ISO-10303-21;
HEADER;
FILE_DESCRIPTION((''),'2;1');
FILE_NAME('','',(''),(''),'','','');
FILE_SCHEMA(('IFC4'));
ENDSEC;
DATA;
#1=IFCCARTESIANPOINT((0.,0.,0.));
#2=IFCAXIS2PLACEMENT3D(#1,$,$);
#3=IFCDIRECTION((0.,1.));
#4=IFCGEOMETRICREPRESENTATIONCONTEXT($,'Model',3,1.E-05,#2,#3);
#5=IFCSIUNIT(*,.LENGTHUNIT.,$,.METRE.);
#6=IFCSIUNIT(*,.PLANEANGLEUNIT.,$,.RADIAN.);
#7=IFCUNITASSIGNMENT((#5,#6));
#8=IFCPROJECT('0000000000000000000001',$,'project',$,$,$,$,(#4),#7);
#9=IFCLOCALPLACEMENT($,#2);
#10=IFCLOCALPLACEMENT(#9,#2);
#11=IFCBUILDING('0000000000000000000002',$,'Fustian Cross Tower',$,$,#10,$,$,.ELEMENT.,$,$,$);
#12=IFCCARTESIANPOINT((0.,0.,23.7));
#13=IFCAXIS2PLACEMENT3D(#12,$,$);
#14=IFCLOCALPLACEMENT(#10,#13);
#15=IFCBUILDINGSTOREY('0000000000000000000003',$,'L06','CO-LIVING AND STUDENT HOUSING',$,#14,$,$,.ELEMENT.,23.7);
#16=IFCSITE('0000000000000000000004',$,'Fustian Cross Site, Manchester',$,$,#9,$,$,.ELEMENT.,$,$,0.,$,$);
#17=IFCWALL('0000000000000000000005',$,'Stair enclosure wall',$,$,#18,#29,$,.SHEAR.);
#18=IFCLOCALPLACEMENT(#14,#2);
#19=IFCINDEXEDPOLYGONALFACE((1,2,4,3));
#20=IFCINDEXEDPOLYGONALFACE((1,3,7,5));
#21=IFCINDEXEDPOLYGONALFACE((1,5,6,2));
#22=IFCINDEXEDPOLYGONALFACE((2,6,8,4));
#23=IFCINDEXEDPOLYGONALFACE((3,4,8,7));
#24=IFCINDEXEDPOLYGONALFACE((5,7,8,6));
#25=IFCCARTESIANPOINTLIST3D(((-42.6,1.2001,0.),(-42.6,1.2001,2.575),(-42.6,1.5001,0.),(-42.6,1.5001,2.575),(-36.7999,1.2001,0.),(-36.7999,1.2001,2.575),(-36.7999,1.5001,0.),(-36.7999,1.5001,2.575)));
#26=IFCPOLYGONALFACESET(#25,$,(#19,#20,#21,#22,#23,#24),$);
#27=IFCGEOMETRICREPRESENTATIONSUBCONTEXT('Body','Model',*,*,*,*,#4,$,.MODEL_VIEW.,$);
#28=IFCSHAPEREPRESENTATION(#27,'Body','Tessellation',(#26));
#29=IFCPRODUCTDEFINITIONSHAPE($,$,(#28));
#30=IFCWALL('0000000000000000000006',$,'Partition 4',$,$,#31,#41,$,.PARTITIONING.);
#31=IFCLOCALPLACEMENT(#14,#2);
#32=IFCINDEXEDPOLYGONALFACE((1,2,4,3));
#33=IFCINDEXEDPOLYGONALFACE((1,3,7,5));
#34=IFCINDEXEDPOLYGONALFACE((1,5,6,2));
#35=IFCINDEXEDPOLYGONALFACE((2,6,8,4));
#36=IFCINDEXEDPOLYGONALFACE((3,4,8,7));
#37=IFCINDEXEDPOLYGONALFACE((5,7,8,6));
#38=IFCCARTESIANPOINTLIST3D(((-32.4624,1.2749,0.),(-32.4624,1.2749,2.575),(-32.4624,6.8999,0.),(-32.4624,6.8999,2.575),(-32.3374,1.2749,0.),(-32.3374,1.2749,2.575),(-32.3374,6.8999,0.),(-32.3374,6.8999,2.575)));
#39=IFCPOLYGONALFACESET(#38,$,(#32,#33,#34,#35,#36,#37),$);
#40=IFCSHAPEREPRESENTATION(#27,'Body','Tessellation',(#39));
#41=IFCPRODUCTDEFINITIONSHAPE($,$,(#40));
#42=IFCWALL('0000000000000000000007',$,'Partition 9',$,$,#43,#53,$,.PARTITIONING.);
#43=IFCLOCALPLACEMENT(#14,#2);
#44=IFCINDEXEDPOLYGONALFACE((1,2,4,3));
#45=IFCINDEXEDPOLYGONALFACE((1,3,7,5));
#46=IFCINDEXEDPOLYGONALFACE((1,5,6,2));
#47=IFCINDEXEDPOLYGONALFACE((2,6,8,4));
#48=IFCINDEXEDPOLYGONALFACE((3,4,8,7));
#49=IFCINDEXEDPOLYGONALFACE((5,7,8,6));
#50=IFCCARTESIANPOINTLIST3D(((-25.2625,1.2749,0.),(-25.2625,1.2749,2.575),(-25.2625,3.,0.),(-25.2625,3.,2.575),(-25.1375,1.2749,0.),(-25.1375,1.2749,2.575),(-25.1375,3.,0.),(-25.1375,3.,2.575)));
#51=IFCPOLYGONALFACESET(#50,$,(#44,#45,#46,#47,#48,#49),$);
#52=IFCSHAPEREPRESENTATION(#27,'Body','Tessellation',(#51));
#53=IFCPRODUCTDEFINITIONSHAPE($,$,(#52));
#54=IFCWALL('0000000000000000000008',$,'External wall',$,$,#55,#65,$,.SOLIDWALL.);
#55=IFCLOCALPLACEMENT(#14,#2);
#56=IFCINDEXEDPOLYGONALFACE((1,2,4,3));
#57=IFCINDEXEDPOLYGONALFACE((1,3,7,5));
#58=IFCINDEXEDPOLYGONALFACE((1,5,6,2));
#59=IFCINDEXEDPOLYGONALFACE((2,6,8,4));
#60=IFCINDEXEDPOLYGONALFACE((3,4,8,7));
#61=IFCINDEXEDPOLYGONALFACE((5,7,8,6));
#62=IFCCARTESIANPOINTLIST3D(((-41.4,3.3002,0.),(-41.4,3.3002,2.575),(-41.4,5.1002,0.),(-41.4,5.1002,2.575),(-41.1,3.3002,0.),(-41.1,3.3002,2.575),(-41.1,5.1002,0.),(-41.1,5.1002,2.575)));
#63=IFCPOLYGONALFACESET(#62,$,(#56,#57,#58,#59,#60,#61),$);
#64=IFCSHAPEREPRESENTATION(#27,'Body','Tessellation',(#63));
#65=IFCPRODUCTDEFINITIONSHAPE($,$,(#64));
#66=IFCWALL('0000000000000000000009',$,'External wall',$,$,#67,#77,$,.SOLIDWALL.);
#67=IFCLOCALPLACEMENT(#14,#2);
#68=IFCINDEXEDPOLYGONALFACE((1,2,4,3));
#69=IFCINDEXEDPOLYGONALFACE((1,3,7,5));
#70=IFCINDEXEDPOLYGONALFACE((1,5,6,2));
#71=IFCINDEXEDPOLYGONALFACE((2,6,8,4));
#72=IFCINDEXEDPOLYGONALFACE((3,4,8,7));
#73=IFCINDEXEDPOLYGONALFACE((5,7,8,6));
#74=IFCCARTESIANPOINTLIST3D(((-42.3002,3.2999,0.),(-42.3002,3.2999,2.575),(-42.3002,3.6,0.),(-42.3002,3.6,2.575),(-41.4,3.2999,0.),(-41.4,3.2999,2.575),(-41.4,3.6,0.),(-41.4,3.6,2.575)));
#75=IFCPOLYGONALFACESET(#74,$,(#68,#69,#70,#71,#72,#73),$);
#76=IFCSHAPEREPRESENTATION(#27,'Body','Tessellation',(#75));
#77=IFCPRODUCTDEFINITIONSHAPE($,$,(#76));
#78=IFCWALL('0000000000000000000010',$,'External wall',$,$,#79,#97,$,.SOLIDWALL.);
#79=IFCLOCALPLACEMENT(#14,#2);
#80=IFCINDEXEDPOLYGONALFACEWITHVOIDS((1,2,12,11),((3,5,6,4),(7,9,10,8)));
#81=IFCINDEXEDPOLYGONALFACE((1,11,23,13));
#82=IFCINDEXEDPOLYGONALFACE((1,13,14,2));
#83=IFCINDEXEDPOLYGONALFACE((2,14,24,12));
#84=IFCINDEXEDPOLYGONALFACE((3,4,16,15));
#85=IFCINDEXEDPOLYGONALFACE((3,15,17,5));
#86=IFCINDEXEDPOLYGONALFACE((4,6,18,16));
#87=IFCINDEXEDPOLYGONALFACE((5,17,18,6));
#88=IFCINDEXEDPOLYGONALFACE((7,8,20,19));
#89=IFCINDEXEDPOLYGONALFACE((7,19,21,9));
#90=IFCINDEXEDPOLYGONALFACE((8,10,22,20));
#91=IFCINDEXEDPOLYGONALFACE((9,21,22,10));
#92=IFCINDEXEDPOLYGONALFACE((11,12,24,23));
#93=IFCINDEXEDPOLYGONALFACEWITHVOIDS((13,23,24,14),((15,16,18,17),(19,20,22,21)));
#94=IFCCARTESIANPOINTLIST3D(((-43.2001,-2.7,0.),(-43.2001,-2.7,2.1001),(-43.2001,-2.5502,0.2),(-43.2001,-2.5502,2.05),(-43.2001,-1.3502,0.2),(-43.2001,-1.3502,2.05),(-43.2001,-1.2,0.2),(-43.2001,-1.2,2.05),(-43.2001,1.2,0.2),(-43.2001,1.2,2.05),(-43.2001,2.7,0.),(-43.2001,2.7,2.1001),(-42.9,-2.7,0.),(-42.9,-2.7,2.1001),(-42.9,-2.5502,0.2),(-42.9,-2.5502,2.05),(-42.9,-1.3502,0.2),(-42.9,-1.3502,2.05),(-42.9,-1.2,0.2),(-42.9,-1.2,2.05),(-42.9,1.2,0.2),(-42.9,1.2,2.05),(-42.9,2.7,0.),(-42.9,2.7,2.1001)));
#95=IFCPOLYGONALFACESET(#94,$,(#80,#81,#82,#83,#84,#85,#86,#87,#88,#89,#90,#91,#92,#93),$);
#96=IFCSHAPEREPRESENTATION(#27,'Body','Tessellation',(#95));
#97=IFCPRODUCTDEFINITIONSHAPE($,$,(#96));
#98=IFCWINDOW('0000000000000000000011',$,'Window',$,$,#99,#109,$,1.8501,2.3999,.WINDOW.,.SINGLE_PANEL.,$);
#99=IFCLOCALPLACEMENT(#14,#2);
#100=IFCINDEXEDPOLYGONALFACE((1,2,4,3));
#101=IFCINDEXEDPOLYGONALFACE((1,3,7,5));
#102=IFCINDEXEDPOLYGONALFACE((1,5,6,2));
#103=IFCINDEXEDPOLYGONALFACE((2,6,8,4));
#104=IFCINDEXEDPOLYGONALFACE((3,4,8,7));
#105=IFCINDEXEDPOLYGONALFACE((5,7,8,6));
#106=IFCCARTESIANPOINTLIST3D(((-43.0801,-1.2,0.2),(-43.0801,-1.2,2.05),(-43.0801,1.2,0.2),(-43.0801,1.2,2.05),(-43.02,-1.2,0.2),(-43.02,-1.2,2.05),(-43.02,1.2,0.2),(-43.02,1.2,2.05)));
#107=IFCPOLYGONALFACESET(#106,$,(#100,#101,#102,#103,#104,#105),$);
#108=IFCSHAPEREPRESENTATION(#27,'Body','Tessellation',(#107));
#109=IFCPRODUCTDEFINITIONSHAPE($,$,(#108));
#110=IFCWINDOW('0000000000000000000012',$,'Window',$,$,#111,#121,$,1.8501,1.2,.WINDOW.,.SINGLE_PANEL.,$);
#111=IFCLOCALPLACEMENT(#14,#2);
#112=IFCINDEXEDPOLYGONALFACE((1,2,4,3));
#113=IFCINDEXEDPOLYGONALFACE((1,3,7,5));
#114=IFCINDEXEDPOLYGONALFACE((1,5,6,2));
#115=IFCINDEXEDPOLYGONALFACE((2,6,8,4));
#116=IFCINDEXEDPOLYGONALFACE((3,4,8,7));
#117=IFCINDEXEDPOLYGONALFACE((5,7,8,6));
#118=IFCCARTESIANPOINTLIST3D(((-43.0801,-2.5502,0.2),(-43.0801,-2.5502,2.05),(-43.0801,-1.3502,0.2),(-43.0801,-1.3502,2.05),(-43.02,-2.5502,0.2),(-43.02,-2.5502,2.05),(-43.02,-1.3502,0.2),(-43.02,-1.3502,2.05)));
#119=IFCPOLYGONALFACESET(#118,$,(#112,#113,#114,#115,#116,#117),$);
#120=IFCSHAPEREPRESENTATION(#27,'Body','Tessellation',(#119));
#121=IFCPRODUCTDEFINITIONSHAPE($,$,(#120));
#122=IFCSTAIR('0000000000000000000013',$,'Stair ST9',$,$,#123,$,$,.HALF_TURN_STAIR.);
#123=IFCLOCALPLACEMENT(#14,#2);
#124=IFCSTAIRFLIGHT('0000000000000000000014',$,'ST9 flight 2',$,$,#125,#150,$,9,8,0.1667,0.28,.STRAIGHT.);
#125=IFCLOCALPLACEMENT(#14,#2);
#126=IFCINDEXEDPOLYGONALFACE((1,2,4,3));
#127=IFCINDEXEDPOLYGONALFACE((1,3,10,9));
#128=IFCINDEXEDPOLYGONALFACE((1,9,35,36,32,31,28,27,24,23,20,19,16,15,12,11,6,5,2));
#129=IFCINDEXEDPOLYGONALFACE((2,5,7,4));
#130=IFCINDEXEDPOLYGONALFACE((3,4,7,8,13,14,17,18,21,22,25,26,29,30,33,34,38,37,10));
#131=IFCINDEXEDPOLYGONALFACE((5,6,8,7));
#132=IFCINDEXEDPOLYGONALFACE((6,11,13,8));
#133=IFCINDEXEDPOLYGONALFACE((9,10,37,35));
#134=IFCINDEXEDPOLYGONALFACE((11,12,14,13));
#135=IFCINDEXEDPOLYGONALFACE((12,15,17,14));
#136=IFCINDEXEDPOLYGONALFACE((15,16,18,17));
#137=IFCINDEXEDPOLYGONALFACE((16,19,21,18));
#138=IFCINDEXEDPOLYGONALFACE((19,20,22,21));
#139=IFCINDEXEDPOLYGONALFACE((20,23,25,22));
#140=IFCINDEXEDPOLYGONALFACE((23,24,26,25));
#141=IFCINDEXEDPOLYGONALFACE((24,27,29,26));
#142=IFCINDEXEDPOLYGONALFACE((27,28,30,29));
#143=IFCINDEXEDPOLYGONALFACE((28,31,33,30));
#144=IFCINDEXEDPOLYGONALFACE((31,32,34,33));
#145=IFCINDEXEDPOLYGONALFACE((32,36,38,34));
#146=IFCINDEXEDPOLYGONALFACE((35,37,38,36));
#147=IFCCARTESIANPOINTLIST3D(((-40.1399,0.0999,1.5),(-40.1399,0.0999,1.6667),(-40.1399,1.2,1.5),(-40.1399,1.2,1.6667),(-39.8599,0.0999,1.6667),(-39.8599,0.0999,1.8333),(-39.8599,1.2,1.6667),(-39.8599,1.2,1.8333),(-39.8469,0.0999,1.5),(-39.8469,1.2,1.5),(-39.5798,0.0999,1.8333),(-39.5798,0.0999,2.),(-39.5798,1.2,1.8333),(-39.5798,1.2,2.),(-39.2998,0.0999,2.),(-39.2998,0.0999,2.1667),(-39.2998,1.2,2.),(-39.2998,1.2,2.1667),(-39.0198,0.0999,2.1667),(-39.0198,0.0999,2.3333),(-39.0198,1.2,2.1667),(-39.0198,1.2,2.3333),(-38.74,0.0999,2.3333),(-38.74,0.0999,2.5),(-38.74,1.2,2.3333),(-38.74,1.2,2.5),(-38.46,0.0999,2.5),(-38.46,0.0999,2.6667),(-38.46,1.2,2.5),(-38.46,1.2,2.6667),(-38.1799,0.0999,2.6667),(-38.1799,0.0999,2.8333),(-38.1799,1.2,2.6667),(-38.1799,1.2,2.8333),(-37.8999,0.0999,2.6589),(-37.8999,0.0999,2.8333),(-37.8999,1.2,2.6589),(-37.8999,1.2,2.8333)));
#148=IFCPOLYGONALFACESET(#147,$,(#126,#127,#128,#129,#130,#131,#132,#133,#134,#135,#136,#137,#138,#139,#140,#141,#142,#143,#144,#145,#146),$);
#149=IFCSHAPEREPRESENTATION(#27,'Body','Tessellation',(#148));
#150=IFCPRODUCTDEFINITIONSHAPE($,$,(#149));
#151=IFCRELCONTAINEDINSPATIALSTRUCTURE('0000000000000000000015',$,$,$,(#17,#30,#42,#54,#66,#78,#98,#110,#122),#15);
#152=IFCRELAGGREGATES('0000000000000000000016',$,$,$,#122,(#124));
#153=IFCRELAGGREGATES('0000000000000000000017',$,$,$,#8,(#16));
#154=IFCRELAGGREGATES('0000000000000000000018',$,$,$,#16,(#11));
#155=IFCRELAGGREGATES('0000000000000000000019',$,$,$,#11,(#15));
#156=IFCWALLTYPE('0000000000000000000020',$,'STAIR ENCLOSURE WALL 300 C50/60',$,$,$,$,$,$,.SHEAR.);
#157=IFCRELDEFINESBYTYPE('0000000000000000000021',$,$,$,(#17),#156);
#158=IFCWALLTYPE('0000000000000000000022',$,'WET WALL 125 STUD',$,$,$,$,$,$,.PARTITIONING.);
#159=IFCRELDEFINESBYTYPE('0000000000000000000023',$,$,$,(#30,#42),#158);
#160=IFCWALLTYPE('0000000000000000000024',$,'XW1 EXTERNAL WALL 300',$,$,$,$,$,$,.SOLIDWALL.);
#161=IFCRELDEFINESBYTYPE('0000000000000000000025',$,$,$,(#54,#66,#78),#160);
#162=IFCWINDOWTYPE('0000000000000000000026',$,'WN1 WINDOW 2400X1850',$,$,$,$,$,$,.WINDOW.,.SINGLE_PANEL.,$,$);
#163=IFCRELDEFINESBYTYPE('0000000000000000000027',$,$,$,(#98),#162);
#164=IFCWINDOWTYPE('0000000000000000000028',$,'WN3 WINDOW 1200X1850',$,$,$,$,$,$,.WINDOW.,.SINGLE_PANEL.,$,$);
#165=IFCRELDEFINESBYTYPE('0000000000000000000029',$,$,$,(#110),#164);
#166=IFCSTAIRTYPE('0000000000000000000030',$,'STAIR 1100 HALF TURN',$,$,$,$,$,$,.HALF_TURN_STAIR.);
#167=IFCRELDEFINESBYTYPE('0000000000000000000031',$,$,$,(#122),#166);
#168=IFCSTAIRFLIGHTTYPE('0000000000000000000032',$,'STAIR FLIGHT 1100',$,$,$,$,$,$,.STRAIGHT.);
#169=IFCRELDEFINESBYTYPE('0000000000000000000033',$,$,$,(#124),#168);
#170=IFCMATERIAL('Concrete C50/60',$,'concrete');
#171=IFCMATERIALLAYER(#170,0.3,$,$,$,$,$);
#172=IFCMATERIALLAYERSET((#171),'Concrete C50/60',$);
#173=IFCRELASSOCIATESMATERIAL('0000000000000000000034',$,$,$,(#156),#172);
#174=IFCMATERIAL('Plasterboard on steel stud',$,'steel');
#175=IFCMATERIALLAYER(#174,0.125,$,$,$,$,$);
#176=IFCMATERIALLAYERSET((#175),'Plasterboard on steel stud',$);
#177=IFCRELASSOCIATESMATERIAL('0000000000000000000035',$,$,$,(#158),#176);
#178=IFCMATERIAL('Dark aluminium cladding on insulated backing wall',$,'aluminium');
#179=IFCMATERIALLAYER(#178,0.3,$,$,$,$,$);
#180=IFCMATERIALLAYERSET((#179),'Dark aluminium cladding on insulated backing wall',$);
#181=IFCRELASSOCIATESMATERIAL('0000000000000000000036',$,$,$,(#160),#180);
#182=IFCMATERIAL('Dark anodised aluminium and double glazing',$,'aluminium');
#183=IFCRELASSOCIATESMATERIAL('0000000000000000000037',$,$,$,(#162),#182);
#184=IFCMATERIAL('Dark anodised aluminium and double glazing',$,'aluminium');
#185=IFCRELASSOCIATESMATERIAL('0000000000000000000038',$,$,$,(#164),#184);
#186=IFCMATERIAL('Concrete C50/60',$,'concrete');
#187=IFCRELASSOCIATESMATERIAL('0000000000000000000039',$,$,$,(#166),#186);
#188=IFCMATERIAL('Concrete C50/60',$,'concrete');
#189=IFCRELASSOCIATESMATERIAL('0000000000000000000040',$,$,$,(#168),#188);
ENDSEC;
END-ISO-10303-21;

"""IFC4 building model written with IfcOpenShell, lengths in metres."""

from ifc_helpers import new_model, si_unit, direction, frame, frame_2d, origin, place, context, subcontext, project, spatial, polyline, rectangle, outline, extrude, material, layer, layer_set, type_object, element, fill, aggregate, save


model = new_model("IFC4")

# Units and contexts
model_context = context("Model", 3, precision=1e-05, world=origin(), true_north=direction((0.0, 1.0)))
body_context = subcontext(model_context, "Body", "Model", "MODEL_VIEW")
ifc_project = project(units=[si_unit("LENGTHUNIT", "METRE"), si_unit("PLANEANGLEUNIT", "RADIAN")], contexts=[model_context])

# Site, building, storey
site_placement = place(None, origin())
site = spatial("IfcSite", under=ifc_project, at=site_placement, Name="Fustian Cross Site, Manchester", CompositionType="ELEMENT", RefElevation=0.0)
building_placement = place(site_placement, origin())
building = spatial("IfcBuilding", under=site, at=building_placement, Name="Fustian Cross Tower", CompositionType="ELEMENT")
storey_placement = place(building_placement, frame((0.0, 0.0, 23.7)))
storey = spatial("IfcBuildingStorey", under=building, at=storey_placement, Name="L06", Description="CO-LIVING AND STUDENT HOUSING", CompositionType="ELEMENT", Elevation=23.7)

# Walls
ifc_material_1 = material(Name="Concrete C50/60", Category="concrete")
ifc_layer_1 = layer(ifc_material_1, 0.3)
ifc_layer_set_1 = layer_set([ifc_layer_1], Name="Concrete C50/60")
wall_type_1 = type_object("IfcWallType", Name="STAIR ENCLOSURE WALL 300 C50/60", PredefinedType="SHEAR", material=ifc_layer_set_1)
wall_1_placement = place(storey_placement, frame((-36.8, 1.3501, 0.0), z_axis=(0.0, 0.0, 1.0), x_axis=(-1.0, 0.0, 0.0)))
element("IfcWall", 1, at=wall_1_placement, inside=storey, type_object=wall_type_1, Name="Stair enclosure wall", PredefinedType="SHEAR", context=body_context, shape_type="SweptSolid", body=[
    extrude(rectangle(XDim=5.8, YDim=0.3, at=frame_2d((2.8999, 0.0))), origin(), (0.0, 0.0, 1.0), 2.575),
])
ifc_material_2 = material(Name="Plasterboard on steel stud", Category="steel")
ifc_layer_2 = layer(ifc_material_2, 0.125)
ifc_layer_set_2 = layer_set([ifc_layer_2], Name="Plasterboard on steel stud")
wall_type_2 = type_object("IfcWallType", Name="WET WALL 125 STUD", PredefinedType="PARTITIONING", material=ifc_layer_set_2)
wall_2_placement = place(storey_placement, frame((-32.3999, 1.2749, 0.0), z_axis=(0.0, 0.0, 1.0), x_axis=(0.0, 1.0, 0.0)))
element("IfcWall", 2, at=wall_2_placement, inside=storey, type_object=wall_type_2, Name="Partition 4", PredefinedType="PARTITIONING", context=body_context, shape_type="SweptSolid", body=[
    extrude(rectangle(XDim=5.625, YDim=0.125, at=frame_2d((2.8125, 0.0))), origin(), (0.0, 0.0, 1.0), 2.575),
])
wall_3_placement = place(storey_placement, frame((-25.2, 1.2749, 0.0), z_axis=(0.0, 0.0, 1.0), x_axis=(0.0, 1.0, 0.0)))
element("IfcWall", 3, at=wall_3_placement, inside=storey, type_object=wall_type_2, Name="Partition 9", PredefinedType="PARTITIONING", context=body_context, shape_type="SweptSolid", body=[
    extrude(rectangle(XDim=1.7251, YDim=0.125, at=frame_2d((0.8625, 0.0))), origin(), (0.0, 0.0, 1.0), 2.575),
])
ifc_material_3 = material(Name="Dark aluminium cladding on insulated backing wall", Category="aluminium")
ifc_layer_3 = layer(ifc_material_3, 0.3)
ifc_layer_set_3 = layer_set([ifc_layer_3], Name="Dark aluminium cladding on insulated backing wall")
wall_type_3 = type_object("IfcWallType", Name="XW1 EXTERNAL WALL 300", PredefinedType="SOLIDWALL", material=ifc_layer_set_3)
wall_4_placement = place(storey_placement, frame((-41.25, 5.1001, 0.0), z_axis=(0.0, 0.0, 1.0), x_axis=(0.0, -1.0, 0.0)))
element("IfcWall", 4, at=wall_4_placement, inside=storey, type_object=wall_type_3, Name="External wall", PredefinedType="SOLIDWALL", context=body_context, shape_type="SweptSolid", body=[
    extrude(rectangle(XDim=1.8, YDim=0.3, at=frame_2d((0.8999, 0.0))), origin(), (0.0, 0.0, 1.0), 2.575),
])
wall_5_placement = place(storey_placement, frame((-41.3999, 3.45, 0.0), z_axis=(0.0, 0.0, 1.0), x_axis=(-1.0, 0.0, 0.0)))
element("IfcWall", 5, at=wall_5_placement, inside=storey, type_object=wall_type_3, Name="External wall", PredefinedType="SOLIDWALL", context=body_context, shape_type="SweptSolid", body=[
    extrude(rectangle(XDim=0.9001, YDim=0.3, at=frame_2d((0.4502, 0.0))), origin(), (0.0, 0.0, 1.0), 2.575),
])

# Wall, openings, windows
wall_6_placement = place(storey_placement, frame((-43.05, 2.7, 0.0), z_axis=(0.0, 0.0, 1.0), x_axis=(0.0, -1.0, 0.0)))
wall_6 = element("IfcWall", 6, at=wall_6_placement, inside=storey, type_object=wall_type_3, Name="External wall", PredefinedType="SOLIDWALL", context=body_context, shape_type="SweptSolid", body=[
    extrude(rectangle(XDim=5.3999, YDim=0.3, at=frame_2d((2.7, 0.0))), origin(), (0.0, 0.0, 1.0), 2.1001),
])
opening_1_placement = place(wall_6_placement, frame((1.5, 0.0, 0.2)))
opening_1 = element("IfcOpeningElement", 7, at=opening_1_placement, cuts=wall_6, PredefinedType="OPENING", context=body_context, shape_type="SweptSolid", body=[
    extrude(rectangle(XDim=2.3999, YDim=1.8501, at=frame_2d((1.2, 0.925))), frame((0.0, 0.1599, 0.0), z_axis=(0.0, -1.0, 0.0), x_axis=(1.0, 0.0, 0.0)), (0.0, 0.0, 1.0), 0.3201),
])
opening_2_placement = place(wall_6_placement, frame((4.05, 0.0, 0.2)))
opening_2 = element("IfcOpeningElement", 8, at=opening_2_placement, cuts=wall_6, PredefinedType="OPENING", context=body_context, shape_type="SweptSolid", body=[
    extrude(rectangle(XDim=1.2, YDim=1.8501, at=frame_2d((0.6001, 0.925))), frame((0.0, 0.1599, 0.0), z_axis=(0.0, -1.0, 0.0), x_axis=(1.0, 0.0, 0.0)), (0.0, 0.0, 1.0), 0.3201),
])
ifc_material_4 = material(Name="Dark anodised aluminium and double glazing", Category="aluminium")
window_type_1 = type_object("IfcWindowType", Name="WN1 WINDOW 2400X1850", PartitioningType="SINGLE_PANEL", PredefinedType="WINDOW", material=ifc_material_4)
window_1_placement = place(opening_1_placement, origin())
window_1 = element("IfcWindow", 9, at=window_1_placement, inside=storey, type_object=window_type_1, Name="Window", OverallHeight=1.8501, OverallWidth=2.3999, PartitioningType="SINGLE_PANEL", PredefinedType="WINDOW", context=body_context, shape_type="SweptSolid", body=[
    extrude(rectangle(XDim=2.3999, YDim=1.8501, at=frame_2d((1.2, 0.925))), frame((0.0, 0.03, 0.0), z_axis=(0.0, -1.0, 0.0), x_axis=(1.0, 0.0, 0.0)), (0.0, 0.0, 1.0), 0.0601),
])
fill(opening_1, window_1)
ifc_material_5 = material(Name="Dark anodised aluminium and double glazing", Category="aluminium")
window_type_2 = type_object("IfcWindowType", Name="WN3 WINDOW 1200X1850", PartitioningType="SINGLE_PANEL", PredefinedType="WINDOW", material=ifc_material_5)
window_2_placement = place(opening_2_placement, origin())
window_2 = element("IfcWindow", 10, at=window_2_placement, inside=storey, type_object=window_type_2, Name="Window", OverallHeight=1.8501, OverallWidth=1.2, PartitioningType="SINGLE_PANEL", PredefinedType="WINDOW", context=body_context, shape_type="SweptSolid", body=[
    extrude(rectangle(XDim=1.2, YDim=1.8501, at=frame_2d((0.6001, 0.925))), frame((0.0, 0.03, 0.0), z_axis=(0.0, -1.0, 0.0), x_axis=(1.0, 0.0, 0.0)), (0.0, 0.0, 1.0), 0.0601),
])
fill(opening_2, window_2)

# Stair, stair flight
ifc_material_6 = material(Name="Concrete C50/60", Category="concrete")
stair_type = type_object("IfcStairType", Name="STAIR 1100 HALF TURN", PredefinedType="HALF_TURN_STAIR", material=ifc_material_6)
stair_placement = place(storey_placement, origin())
stair = element("IfcStair", 11, at=stair_placement, inside=storey, type_object=stair_type, Name="Stair ST9", PredefinedType="HALF_TURN_STAIR")
ifc_material_7 = material(Name="Concrete C50/60", Category="concrete")
stair_flight_type = type_object("IfcStairFlightType", Name="STAIR FLIGHT 1100", PredefinedType="STRAIGHT", material=ifc_material_7)
stair_flight_placement = place(storey_placement, frame((-40.1399, 0.6499, 1.5), z_axis=(0.0, 0.0, 1.0), x_axis=(1.0, 0.0, 0.0)))
stair_flight = element("IfcStairFlight", 12, at=stair_flight_placement, type_object=stair_flight_type, Name="ST9 flight 2", NumberOfRisers=9, NumberOfTreads=8, PredefinedType="STRAIGHT", RiserHeight=0.1667, TreadLength=0.28, context=body_context, shape_type="SweptSolid", body=[
    extrude(outline(polyline([(0.0, 0.0), (0.0, 0.1667), (0.28, 0.1667), (0.28, 0.3333), (0.5601, 0.3333), (0.5601, 0.5), (0.8401, 0.5), (0.8401, 0.6667), (1.1201, 0.6667), (1.1201, 0.8333), (1.3999, 0.8333), (1.3999, 1.0), (1.6799, 1.0), (1.6799, 1.1667), (1.96, 1.1667), (1.96, 1.3333), (2.24, 1.3333), (2.24, 1.5), (2.24, 1.1589), (0.293, 0.0), (0.0, 0.0)])), frame((0.0, 0.55, 0.0), z_axis=(0.0, -1.0, 0.0), x_axis=(1.0, 0.0, 0.0)), (0.0, 0.0, 1.0), 1.1001),
])
aggregate(stair, [stair_flight])

save(model, "model.ifc")
